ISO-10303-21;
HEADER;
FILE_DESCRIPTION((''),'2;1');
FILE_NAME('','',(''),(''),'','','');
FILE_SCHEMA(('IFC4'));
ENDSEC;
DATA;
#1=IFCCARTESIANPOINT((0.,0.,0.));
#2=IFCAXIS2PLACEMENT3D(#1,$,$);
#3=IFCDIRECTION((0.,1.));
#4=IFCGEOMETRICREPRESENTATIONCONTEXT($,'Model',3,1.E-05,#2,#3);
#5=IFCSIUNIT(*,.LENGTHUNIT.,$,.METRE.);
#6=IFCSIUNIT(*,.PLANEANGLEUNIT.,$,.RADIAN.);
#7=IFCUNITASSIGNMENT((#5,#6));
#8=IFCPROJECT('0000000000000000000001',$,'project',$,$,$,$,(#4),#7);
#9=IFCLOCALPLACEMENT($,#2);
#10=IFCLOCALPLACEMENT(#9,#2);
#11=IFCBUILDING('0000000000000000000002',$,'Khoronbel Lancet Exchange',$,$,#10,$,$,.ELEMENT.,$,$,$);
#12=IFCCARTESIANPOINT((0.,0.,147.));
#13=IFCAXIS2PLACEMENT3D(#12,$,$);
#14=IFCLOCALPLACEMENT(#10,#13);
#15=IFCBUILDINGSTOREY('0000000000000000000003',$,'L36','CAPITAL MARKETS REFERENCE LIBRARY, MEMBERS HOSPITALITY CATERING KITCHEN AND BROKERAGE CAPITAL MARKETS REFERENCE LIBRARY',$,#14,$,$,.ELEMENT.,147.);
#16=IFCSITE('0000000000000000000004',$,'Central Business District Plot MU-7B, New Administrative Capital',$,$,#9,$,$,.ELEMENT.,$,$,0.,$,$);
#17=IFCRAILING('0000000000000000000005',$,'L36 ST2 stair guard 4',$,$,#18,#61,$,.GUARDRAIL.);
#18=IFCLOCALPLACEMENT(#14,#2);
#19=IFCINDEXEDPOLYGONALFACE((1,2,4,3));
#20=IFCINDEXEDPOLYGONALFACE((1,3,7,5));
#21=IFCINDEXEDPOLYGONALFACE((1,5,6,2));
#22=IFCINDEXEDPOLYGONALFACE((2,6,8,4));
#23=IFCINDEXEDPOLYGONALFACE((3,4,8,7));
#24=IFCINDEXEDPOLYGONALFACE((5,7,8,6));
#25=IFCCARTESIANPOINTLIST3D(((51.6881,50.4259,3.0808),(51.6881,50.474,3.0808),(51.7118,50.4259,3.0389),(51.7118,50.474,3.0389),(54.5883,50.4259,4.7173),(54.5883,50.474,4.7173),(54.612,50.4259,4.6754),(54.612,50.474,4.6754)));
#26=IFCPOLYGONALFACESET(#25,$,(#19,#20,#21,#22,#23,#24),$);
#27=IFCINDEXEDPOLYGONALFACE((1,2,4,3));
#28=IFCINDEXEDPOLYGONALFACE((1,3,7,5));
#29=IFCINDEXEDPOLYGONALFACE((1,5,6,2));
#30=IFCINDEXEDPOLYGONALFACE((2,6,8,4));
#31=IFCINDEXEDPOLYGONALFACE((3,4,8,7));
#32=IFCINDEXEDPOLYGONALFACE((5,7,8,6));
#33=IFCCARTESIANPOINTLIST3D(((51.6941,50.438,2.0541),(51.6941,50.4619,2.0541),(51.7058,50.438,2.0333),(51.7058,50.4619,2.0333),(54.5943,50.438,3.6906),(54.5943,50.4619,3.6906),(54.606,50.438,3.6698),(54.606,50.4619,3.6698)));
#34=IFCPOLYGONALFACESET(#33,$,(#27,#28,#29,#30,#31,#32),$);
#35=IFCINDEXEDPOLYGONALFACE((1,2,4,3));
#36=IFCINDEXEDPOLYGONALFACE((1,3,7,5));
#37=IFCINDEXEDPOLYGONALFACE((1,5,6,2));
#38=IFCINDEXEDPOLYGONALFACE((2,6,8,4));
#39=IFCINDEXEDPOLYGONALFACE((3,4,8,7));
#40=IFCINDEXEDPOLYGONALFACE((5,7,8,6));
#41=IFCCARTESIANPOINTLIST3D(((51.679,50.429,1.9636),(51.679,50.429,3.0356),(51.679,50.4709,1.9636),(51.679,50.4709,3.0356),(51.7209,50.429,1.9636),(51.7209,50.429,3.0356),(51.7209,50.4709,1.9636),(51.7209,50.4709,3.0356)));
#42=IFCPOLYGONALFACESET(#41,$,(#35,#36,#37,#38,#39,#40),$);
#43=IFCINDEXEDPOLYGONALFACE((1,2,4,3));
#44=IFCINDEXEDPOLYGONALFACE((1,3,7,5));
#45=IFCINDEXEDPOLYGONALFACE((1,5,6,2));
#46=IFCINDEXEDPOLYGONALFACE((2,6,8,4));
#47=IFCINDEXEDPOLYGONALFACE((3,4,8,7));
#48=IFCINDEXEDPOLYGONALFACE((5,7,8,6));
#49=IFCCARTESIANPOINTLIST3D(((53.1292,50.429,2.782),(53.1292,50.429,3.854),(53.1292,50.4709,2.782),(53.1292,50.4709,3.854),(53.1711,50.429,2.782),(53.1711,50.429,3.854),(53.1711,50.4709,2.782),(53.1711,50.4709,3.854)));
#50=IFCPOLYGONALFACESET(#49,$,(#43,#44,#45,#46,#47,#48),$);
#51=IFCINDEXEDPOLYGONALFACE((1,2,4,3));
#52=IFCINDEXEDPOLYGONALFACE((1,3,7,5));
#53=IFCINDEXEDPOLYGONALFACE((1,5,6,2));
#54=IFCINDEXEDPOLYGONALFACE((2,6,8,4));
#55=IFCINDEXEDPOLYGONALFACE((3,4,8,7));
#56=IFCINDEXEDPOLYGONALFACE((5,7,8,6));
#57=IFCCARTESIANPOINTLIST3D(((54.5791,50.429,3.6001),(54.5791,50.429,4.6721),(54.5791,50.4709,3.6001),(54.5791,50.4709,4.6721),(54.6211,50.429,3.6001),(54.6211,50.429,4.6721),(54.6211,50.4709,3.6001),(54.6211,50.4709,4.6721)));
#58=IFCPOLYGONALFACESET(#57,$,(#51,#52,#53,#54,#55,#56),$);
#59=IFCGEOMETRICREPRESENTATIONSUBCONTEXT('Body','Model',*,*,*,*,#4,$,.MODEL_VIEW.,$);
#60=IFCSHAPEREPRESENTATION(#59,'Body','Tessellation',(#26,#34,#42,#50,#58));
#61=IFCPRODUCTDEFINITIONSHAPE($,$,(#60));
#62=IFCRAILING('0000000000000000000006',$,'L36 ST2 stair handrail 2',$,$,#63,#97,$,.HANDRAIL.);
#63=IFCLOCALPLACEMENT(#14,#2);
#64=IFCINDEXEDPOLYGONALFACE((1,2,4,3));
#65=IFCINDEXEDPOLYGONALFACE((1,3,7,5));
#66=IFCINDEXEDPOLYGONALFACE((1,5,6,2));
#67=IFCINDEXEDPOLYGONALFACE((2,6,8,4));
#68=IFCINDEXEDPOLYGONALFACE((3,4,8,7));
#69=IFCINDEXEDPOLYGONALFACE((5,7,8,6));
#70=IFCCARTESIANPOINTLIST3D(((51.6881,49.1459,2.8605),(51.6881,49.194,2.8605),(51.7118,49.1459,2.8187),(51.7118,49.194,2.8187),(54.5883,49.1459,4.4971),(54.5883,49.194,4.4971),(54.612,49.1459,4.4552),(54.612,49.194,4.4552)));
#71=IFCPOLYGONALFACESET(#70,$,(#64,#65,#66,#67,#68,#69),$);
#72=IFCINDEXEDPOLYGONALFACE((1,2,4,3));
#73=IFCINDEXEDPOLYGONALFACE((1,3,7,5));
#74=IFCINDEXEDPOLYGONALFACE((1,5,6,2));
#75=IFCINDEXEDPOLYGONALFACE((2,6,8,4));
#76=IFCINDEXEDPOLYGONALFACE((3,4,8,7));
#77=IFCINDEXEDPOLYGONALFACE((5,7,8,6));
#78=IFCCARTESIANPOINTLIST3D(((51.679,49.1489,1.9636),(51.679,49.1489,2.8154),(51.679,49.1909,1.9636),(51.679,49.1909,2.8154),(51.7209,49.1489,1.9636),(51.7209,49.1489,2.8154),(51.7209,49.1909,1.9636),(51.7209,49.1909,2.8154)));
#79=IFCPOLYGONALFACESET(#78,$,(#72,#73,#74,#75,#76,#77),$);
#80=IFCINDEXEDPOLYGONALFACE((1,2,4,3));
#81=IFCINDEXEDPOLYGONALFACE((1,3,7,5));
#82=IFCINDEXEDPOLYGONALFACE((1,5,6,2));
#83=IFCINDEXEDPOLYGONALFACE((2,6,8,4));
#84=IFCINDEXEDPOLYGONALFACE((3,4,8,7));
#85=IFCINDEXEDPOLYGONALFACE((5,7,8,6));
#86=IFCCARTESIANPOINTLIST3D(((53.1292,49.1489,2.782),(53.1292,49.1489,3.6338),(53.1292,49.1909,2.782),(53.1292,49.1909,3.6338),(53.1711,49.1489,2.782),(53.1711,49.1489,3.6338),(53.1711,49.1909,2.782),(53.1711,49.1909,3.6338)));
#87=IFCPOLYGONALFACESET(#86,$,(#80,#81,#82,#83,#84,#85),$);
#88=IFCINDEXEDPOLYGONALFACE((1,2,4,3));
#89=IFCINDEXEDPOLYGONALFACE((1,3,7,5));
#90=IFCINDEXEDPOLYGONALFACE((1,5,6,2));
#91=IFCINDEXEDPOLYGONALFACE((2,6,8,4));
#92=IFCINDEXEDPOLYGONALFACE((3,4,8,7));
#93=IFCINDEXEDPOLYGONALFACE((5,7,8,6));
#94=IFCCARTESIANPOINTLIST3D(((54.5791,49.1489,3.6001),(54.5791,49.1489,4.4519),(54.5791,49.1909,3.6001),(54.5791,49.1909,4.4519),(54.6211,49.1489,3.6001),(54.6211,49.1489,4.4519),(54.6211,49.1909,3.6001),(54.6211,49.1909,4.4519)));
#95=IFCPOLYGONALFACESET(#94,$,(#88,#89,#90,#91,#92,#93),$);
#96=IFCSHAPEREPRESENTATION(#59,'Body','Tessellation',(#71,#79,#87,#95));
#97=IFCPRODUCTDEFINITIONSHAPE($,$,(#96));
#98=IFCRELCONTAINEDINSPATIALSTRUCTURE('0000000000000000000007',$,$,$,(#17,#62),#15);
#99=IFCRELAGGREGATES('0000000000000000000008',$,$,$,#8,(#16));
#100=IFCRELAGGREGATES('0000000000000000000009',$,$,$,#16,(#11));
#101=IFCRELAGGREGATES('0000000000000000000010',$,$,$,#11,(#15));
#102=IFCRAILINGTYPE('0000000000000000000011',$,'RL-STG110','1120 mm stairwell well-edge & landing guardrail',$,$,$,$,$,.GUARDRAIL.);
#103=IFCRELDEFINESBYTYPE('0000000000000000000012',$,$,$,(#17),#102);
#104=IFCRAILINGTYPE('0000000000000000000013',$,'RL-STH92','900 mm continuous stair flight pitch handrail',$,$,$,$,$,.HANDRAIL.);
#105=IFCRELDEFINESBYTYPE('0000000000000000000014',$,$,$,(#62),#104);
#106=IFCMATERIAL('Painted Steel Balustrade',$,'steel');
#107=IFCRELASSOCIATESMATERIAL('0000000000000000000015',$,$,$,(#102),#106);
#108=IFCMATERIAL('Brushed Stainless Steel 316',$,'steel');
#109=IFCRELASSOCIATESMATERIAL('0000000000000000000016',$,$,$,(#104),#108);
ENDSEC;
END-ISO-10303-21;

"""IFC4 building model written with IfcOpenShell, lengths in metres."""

from ifc_helpers import new_model, si_unit, direction, frame, origin, origin_2d, place, context, subcontext, project, spatial, rectangle, extrude, material, type_object, element, save


model = new_model("IFC4")

# Units and contexts
model_context = context("Model", 3, precision=1e-05, world=origin(), true_north=direction((0.0, 1.0)))
body_context = subcontext(model_context, "Body", "Model", "MODEL_VIEW")
ifc_project = project(units=[si_unit("LENGTHUNIT", "METRE"), si_unit("PLANEANGLEUNIT", "RADIAN")], contexts=[model_context])

# Site, building, storey
site_placement = place(None, origin())
site = spatial("IfcSite", under=ifc_project, at=site_placement, Name="Central Business District Plot MU-7B, New Administrative Capital", CompositionType="ELEMENT", RefElevation=0.0)
building_placement = place(site_placement, origin())
building = spatial("IfcBuilding", under=site, at=building_placement, Name="Khoronbel Lancet Exchange", CompositionType="ELEMENT")
storey_placement = place(building_placement, frame((0.0, 0.0, 147.0)))
storey = spatial("IfcBuildingStorey", under=building, at=storey_placement, Name="L36", Description="CAPITAL MARKETS REFERENCE LIBRARY, MEMBERS HOSPITALITY CATERING KITCHEN AND BROKERAGE CAPITAL MARKETS REFERENCE LIBRARY", CompositionType="ELEMENT", Elevation=147.0)

# Railings
ifc_material_1 = material(Name="Painted Steel Balustrade", Category="steel")
railing_type_1 = type_object("IfcRailingType", Name="RL-STG110", Description="1120 mm stairwell well-edge & landing guardrail", PredefinedType="GUARDRAIL", material=ifc_material_1)
railing_1_placement = place(storey_placement, frame((51.7, 50.45, 1.9636)))
element("IfcRailing", 1, at=railing_1_placement, inside=storey, type_object=railing_type_1, Name="L36 ST2 stair guard 4", PredefinedType="GUARDRAIL", context=body_context, shape_type="SweptSolid", body=[
    extrude(rectangle(XDim=0.0481, YDim=0.0481, at=origin_2d()), frame((0.0, 0.0, 1.0962), z_axis=(0.870915, 0.0, 0.491434), x_axis=(0.0, 1.0, 0.0)), (0.0, 0.0, 1.0), 3.3301),
    extrude(rectangle(XDim=0.0239, YDim=0.0239, at=origin_2d()), frame((0.0, 0.0, 0.0801), z_axis=(0.870915, 0.0, 0.491434), x_axis=(0.0, 1.0, 0.0)), (0.0, 0.0, 1.0), 3.3301),
    extrude(rectangle(XDim=0.042, YDim=0.042, at=origin_2d()), origin(), (0.0, 0.0, 1.0), 1.072),
    extrude(rectangle(XDim=0.042, YDim=0.042, at=origin_2d()), frame((1.4502, 0.0, 0.8184)), (0.0, 0.0, 1.0), 1.072),
    extrude(rectangle(XDim=0.042, YDim=0.042, at=origin_2d()), frame((2.9001, 0.0, 1.6365)), (0.0, 0.0, 1.0), 1.072),
])
ifc_material_2 = material(Name="Brushed Stainless Steel 316", Category="steel")
railing_type_2 = type_object("IfcRailingType", Name="RL-STH92", Description="900 mm continuous stair flight pitch handrail", PredefinedType="HANDRAIL", material=ifc_material_2)
railing_2_placement = place(storey_placement, frame((51.7, 49.1699, 1.9636)))
element("IfcRailing", 2, at=railing_2_placement, inside=storey, type_object=railing_type_2, Name="L36 ST2 stair handrail 2", PredefinedType="HANDRAIL", context=body_context, shape_type="SweptSolid", body=[
    extrude(rectangle(XDim=0.0481, YDim=0.0481, at=origin_2d()), frame((0.0, 0.0, 0.876), z_axis=(0.870915, 0.0, 0.491434), x_axis=(0.0, 1.0, 0.0)), (0.0, 0.0, 1.0), 3.3301),
    extrude(rectangle(XDim=0.042, YDim=0.042, at=origin_2d()), origin(), (0.0, 0.0, 1.0), 0.8518),
    extrude(rectangle(XDim=0.042, YDim=0.042, at=origin_2d()), frame((1.4502, 0.0, 0.8184)), (0.0, 0.0, 1.0), 0.8518),
    extrude(rectangle(XDim=0.042, YDim=0.042, at=origin_2d()), frame((2.9001, 0.0, 1.6365)), (0.0, 0.0, 1.0), 0.8518),
])

save(model, "model.ifc")
